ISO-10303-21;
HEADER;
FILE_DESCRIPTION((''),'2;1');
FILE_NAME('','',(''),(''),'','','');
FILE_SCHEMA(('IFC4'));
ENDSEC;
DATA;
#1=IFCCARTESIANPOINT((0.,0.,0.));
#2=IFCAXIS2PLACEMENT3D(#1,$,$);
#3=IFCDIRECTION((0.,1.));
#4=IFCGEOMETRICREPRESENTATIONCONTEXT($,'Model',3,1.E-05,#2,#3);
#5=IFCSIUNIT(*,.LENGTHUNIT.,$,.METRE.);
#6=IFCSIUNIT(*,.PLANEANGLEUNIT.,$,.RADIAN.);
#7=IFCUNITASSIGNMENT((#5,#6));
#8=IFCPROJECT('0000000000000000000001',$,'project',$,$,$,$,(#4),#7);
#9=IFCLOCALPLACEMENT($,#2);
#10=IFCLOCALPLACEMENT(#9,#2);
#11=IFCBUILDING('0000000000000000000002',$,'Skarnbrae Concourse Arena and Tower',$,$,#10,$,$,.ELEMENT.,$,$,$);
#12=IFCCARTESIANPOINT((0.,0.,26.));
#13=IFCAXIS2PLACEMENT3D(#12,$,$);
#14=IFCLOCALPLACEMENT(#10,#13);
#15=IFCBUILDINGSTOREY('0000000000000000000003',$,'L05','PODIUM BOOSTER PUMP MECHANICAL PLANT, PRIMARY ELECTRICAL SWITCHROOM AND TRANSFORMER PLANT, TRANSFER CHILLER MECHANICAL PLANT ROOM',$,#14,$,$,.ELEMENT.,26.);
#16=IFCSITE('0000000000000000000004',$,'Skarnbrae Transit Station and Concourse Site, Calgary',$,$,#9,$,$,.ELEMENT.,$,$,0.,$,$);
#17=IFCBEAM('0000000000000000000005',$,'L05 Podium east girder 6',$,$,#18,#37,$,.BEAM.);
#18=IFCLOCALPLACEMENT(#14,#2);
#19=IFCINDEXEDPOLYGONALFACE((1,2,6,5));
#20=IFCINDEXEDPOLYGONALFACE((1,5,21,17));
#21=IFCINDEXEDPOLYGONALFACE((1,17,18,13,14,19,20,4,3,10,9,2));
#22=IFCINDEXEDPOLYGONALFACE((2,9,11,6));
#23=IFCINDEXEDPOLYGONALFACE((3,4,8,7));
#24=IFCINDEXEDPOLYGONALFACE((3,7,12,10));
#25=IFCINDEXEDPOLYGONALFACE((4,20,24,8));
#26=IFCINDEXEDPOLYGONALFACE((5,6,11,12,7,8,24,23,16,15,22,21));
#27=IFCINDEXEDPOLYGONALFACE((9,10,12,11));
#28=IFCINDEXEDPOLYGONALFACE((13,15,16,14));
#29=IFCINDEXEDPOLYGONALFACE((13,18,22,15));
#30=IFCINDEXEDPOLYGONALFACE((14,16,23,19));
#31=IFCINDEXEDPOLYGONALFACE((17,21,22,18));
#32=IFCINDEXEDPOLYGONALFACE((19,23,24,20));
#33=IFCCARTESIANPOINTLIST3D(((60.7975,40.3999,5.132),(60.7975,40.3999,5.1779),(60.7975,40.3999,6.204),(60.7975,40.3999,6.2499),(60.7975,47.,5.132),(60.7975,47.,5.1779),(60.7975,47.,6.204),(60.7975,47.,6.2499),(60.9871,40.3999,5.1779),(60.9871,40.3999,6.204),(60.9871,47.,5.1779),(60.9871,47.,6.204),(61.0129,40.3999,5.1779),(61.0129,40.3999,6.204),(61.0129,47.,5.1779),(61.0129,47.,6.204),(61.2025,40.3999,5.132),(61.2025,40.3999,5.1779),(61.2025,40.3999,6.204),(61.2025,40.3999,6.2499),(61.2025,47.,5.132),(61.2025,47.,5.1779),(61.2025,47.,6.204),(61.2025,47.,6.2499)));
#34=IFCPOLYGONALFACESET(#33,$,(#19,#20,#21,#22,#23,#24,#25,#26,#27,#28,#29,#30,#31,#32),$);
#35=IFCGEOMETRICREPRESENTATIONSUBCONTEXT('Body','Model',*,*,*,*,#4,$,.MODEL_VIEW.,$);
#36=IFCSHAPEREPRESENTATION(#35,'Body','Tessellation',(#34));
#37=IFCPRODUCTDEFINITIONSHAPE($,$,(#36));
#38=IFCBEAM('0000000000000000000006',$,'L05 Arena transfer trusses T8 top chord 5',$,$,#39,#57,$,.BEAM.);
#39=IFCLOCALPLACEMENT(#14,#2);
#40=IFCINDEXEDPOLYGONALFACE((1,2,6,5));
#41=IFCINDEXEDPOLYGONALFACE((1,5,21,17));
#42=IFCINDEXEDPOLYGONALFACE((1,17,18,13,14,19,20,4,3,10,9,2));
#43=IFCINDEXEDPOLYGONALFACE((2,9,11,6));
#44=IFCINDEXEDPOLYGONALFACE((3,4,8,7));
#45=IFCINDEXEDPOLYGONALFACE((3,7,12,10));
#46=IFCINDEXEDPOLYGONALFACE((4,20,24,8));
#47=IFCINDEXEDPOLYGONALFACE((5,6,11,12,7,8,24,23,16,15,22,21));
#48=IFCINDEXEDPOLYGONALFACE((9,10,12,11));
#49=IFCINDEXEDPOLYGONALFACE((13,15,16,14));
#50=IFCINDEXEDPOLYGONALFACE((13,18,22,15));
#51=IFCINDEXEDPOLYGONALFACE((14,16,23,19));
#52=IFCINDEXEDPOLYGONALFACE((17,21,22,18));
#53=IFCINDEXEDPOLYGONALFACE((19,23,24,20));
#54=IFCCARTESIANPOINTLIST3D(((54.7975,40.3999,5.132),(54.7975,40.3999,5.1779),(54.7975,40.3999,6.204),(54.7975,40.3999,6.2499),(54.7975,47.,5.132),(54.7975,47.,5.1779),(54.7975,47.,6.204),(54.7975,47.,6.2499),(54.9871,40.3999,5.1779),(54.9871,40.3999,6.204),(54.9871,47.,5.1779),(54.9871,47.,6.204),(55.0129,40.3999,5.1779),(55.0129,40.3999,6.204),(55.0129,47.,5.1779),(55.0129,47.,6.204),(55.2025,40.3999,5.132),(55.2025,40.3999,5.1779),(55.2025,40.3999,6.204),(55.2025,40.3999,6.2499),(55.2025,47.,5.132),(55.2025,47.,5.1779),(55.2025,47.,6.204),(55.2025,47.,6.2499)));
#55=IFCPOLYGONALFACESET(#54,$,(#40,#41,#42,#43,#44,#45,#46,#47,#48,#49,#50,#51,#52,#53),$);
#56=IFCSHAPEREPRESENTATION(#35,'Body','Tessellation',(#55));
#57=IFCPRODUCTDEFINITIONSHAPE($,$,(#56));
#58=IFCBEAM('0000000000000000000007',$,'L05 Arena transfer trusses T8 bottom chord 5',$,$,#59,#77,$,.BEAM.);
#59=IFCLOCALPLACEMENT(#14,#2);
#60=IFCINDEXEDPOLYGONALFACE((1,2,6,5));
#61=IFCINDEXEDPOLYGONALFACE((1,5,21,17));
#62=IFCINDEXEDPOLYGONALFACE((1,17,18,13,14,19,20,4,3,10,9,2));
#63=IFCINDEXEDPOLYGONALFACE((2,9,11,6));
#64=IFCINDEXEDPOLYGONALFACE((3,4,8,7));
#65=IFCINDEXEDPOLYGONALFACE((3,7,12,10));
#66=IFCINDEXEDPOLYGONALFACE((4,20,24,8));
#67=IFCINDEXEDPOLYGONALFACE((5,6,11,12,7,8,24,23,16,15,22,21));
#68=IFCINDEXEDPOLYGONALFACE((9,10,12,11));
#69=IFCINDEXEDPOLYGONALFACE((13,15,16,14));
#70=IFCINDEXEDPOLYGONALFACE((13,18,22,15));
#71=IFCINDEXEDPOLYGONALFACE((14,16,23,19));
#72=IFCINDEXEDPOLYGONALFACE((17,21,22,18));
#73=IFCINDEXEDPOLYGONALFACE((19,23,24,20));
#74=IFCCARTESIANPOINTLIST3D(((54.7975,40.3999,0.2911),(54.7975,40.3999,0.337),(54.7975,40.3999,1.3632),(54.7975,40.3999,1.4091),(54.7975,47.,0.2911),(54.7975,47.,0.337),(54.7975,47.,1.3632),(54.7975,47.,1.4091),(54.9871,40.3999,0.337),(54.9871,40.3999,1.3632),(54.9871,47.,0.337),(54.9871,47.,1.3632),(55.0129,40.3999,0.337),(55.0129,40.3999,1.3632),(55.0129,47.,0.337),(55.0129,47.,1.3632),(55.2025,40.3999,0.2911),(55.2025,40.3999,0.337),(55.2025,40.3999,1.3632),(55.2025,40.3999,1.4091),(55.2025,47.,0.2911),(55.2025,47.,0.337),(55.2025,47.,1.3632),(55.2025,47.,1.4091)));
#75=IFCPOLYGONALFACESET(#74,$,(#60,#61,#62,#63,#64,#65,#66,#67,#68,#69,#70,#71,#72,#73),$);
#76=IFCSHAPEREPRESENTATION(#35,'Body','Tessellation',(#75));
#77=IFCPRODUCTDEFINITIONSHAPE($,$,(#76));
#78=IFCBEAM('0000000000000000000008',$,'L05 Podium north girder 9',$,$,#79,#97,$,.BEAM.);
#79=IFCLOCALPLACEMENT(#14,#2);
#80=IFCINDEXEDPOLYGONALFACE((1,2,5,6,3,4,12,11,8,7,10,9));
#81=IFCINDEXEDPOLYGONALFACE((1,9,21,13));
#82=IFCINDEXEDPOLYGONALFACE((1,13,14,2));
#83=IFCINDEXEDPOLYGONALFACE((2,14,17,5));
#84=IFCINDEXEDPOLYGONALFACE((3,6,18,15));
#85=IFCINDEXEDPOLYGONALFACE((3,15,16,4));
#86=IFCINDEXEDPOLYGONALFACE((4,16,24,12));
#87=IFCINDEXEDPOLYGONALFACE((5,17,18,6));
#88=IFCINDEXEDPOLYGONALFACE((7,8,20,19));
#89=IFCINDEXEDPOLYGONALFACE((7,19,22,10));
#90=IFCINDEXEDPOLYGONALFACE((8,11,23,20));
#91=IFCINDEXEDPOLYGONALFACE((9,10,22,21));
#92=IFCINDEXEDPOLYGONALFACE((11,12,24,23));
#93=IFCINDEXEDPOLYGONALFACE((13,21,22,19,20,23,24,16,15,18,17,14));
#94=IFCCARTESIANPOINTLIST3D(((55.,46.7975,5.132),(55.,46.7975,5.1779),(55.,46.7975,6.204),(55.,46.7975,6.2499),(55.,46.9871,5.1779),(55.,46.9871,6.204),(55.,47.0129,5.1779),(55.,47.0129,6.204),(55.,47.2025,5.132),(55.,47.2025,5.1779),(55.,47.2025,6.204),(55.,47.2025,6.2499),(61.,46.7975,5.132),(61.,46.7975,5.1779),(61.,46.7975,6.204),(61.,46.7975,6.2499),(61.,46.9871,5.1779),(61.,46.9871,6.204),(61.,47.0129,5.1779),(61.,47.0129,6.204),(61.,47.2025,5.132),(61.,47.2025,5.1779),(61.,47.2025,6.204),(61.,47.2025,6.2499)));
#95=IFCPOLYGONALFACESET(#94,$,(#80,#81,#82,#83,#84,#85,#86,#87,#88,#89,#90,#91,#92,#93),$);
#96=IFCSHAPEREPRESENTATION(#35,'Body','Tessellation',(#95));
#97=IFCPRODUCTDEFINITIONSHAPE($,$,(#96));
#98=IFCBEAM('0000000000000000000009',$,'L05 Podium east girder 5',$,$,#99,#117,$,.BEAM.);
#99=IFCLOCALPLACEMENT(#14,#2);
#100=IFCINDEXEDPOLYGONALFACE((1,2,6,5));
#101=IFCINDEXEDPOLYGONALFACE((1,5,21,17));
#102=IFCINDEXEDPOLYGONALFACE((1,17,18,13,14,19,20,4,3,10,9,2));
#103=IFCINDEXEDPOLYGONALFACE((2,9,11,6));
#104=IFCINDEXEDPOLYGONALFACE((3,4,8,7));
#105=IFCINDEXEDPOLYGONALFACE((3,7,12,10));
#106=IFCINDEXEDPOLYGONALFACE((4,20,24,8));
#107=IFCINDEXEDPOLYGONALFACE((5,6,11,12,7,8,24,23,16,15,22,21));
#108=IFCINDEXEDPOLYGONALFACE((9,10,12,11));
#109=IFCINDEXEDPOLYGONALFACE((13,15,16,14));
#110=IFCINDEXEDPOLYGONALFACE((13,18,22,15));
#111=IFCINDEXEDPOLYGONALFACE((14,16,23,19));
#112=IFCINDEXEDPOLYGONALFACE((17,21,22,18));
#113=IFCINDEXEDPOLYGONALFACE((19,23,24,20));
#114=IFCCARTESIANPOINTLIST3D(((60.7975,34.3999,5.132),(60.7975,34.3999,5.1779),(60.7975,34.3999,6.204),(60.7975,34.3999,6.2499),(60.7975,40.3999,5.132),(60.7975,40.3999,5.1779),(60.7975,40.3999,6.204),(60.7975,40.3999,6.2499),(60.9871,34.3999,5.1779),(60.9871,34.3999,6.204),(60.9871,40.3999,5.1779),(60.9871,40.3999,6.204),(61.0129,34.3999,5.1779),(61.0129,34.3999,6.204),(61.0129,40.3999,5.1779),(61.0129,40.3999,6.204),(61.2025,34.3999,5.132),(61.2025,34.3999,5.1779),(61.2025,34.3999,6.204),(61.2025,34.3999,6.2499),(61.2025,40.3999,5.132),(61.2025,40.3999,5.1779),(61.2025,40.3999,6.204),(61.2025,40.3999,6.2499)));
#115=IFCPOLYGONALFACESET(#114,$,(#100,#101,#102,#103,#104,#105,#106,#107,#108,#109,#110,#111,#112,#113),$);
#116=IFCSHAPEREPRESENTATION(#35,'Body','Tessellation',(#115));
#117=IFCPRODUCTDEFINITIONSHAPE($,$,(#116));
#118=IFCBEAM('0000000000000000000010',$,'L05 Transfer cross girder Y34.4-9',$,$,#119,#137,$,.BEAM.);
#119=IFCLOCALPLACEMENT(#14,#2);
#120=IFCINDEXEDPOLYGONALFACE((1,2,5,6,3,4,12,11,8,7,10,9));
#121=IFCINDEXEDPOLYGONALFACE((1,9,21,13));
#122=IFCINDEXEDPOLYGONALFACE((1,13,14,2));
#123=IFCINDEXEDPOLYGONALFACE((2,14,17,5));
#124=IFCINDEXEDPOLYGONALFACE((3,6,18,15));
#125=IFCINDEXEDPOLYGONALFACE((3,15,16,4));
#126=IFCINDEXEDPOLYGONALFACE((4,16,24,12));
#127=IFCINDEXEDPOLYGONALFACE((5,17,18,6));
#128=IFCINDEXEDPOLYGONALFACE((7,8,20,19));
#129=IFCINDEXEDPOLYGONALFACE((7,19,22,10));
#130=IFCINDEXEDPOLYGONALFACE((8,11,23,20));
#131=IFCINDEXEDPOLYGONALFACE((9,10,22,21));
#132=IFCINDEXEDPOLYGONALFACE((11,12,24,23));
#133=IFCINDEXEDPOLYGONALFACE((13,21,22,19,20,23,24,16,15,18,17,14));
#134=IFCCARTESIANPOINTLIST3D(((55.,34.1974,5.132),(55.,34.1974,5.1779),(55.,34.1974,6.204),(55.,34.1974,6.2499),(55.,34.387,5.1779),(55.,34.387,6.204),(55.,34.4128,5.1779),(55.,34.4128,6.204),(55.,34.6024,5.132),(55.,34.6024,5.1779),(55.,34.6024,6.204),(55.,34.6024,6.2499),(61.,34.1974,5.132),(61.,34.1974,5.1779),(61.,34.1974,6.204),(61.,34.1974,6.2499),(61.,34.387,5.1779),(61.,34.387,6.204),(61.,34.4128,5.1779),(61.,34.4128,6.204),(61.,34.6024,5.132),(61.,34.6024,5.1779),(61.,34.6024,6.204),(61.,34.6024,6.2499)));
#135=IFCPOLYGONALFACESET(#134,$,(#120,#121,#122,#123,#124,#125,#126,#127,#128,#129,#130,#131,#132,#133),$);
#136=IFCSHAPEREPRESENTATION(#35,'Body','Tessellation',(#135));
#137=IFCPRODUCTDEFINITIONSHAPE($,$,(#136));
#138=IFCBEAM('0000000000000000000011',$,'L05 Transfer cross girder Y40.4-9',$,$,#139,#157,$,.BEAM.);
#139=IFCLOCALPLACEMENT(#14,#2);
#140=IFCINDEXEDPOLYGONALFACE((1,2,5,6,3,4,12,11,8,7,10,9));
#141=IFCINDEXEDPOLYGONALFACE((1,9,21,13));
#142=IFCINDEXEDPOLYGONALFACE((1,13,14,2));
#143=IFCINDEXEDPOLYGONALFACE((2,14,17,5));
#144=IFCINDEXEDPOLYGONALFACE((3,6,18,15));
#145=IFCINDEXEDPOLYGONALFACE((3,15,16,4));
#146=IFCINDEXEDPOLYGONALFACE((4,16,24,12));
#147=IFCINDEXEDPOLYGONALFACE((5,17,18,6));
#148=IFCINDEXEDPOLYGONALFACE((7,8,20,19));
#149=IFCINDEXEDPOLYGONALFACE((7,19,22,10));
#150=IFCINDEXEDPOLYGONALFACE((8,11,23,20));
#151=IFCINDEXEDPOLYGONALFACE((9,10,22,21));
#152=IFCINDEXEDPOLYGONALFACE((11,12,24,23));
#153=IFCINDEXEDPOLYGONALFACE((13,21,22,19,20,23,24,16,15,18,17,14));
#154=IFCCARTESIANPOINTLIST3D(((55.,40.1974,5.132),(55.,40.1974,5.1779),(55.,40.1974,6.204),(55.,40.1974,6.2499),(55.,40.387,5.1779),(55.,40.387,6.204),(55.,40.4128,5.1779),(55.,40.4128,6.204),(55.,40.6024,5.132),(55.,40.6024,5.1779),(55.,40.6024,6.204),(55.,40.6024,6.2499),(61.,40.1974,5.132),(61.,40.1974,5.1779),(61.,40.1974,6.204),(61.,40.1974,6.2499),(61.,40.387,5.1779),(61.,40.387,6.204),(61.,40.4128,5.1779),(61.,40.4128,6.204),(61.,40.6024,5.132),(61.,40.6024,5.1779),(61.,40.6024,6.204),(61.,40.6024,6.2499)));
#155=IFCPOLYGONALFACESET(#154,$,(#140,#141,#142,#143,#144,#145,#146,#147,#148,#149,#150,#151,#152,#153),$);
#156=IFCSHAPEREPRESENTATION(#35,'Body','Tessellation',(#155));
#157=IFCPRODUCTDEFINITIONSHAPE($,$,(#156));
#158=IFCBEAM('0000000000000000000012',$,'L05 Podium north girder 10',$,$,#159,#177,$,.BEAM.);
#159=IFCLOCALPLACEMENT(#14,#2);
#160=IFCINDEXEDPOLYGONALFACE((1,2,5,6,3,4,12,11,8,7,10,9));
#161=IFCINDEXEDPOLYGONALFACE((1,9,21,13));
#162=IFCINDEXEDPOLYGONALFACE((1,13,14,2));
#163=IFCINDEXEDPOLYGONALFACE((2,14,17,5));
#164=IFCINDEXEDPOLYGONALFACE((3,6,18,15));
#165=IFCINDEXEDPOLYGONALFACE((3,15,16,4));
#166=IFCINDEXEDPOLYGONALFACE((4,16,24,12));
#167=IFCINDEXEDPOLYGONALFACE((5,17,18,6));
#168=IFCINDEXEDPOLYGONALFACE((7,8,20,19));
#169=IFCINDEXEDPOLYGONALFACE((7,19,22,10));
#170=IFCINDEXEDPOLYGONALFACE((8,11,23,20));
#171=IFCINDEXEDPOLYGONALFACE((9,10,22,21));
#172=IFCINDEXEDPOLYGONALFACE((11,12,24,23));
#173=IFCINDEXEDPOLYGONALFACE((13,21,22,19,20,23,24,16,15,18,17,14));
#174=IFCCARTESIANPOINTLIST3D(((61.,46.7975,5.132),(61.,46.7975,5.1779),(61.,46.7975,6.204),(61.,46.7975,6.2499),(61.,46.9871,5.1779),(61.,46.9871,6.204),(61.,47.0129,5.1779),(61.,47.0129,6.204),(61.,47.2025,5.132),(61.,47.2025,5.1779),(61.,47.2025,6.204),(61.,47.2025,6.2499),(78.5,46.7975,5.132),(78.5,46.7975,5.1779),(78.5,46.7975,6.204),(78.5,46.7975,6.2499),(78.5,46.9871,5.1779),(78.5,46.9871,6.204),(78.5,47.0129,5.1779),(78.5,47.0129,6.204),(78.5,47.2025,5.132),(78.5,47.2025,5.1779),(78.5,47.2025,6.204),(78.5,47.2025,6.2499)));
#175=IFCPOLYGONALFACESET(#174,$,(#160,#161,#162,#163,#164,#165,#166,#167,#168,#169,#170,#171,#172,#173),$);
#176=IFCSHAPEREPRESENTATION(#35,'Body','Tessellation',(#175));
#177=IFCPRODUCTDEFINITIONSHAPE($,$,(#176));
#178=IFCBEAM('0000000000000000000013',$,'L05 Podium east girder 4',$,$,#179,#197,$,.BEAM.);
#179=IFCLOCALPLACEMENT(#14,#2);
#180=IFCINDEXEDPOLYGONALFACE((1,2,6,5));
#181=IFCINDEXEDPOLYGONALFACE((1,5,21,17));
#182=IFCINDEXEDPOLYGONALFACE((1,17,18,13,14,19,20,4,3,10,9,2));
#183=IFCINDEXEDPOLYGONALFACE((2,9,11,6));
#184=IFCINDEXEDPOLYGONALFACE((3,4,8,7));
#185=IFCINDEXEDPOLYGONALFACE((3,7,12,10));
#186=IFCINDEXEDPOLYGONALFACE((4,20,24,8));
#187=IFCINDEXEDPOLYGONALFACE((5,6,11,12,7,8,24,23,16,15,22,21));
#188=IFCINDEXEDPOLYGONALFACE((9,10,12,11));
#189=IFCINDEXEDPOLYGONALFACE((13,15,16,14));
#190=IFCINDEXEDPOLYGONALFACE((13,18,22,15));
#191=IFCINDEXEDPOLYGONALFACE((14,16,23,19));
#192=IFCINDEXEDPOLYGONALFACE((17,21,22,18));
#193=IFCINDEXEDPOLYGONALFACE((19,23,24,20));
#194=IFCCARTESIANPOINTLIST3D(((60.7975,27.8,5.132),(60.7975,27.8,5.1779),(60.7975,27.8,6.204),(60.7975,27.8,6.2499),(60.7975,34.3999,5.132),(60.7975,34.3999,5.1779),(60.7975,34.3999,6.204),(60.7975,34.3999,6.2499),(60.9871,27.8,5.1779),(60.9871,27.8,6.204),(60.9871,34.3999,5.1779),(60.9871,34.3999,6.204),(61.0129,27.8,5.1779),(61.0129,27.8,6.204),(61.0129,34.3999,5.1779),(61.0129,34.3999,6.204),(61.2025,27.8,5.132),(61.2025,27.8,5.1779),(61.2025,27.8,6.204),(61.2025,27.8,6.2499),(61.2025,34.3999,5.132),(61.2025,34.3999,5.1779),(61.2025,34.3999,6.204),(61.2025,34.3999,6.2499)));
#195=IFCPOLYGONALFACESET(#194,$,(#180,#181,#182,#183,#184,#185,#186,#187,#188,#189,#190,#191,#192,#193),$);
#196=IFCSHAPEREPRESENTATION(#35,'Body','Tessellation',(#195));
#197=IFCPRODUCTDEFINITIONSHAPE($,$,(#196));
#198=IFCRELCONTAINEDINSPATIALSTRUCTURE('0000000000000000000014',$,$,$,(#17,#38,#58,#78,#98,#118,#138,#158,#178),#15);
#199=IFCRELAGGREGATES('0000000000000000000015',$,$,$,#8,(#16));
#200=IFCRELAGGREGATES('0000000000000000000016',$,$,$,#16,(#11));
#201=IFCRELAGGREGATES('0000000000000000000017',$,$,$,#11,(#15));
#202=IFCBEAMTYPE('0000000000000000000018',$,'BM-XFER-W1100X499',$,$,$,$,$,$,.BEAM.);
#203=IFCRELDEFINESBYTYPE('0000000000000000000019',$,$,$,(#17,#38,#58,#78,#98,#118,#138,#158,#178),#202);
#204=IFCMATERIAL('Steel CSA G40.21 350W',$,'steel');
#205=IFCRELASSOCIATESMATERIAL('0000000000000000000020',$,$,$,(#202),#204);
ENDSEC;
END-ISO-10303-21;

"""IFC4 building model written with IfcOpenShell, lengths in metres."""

from ifc_helpers import new_model, si_unit, direction, frame, origin, origin_2d, place, context, subcontext, project, spatial, i_section, extrude, source, transform, mapped, material, material_profile, profile_set, type_object, element, save


model = new_model("IFC4")

# Units and contexts
model_context = context("Model", 3, precision=1e-05, world=origin(), true_north=direction((0.0, 1.0)))
body_context = subcontext(model_context, "Body", "Model", "MODEL_VIEW")
ifc_project = project(units=[si_unit("LENGTHUNIT", "METRE"), si_unit("PLANEANGLEUNIT", "RADIAN")], contexts=[model_context])

# Site, building, storey
site_placement = place(None, origin())
site = spatial("IfcSite", under=ifc_project, at=site_placement, Name="Skarnbrae Transit Station and Concourse Site, Calgary", CompositionType="ELEMENT", RefElevation=0.0)
building_placement = place(site_placement, origin())
building = spatial("IfcBuilding", under=site, at=building_placement, Name="Skarnbrae Concourse Arena and Tower", CompositionType="ELEMENT")
storey_placement = place(building_placement, frame((0.0, 0.0, 26.0)))
storey = spatial("IfcBuildingStorey", under=building, at=storey_placement, Name="L05", Description="PODIUM BOOSTER PUMP MECHANICAL PLANT, PRIMARY ELECTRICAL SWITCHROOM AND TRANSFORMER PLANT, TRANSFER CHILLER MECHANICAL PLANT ROOM", CompositionType="ELEMENT", Elevation=26.0)

# Shared definitions
ifc_material_1 = material(Name="Steel CSA G40.21 350W", Category="steel")

# Beams
ifc_material_profile_1 = material_profile(ifc_material_1, i_section(OverallWidth=0.405, OverallDepth=1.1179, WebThickness=0.0259, FlangeThickness=0.0459, at=origin_2d()), Name="W1100X499")
ifc_profile_set_1 = profile_set([ifc_material_profile_1], Name="Steel CSA G40.21 350W")
beam_type_1 = type_object("IfcBeamType", Name="BM-XFER-W1100X499", PredefinedType="BEAM", material=ifc_profile_set_1)
shared_shape_1 = source(origin(), body_context, "Body", "SweptSolid", [
    extrude(i_section(OverallWidth=0.405, OverallDepth=1.1179, WebThickness=0.0259, FlangeThickness=0.0459, at=origin_2d()), origin(), (0.0, 0.0, 1.0), 6.6001),
])
for number, where, z_axis, x_axis, name in (
    (1, (61.0, 40.3999, 5.6909), (0.0, 1.0, 0.0), (-1.0, 0.0, 0.0), "L05 Podium east girder 6"),
    (2, (55.0, 40.3999, 5.6909), (0.0, 1.0, 0.0), (-1.0, 0.0, 0.0), "L05 Arena transfer trusses T8 top chord 5"),
    (3, (55.0, 40.3999, 0.8501), (0.0, 1.0, 0.0), (-1.0, 0.0, 0.0), "L05 Arena transfer trusses T8 bottom chord 5"),
):
    element("IfcBeam", number, at=place(storey_placement, frame(where, z_axis=z_axis, x_axis=x_axis)), inside=storey, type_object=beam_type_1, Name=name, PredefinedType="BEAM", context=body_context, shape_type="MappedRepresentation", body=[
        mapped(shared_shape_1, transform((0.0, 0.0, 0.0))),
    ])
shared_shape_2 = source(origin(), body_context, "Body", "SweptSolid", [
    extrude(i_section(OverallWidth=0.405, OverallDepth=1.1179, WebThickness=0.0259, FlangeThickness=0.0459, at=origin_2d()), origin(), (0.0, 0.0, 1.0), 6.0),
])
for number, where, z_axis, x_axis, name in (
    (4, (55.0, 47.0, 5.6909), (1.0, 0.0, 0.0), (0.0, 1.0, 0.0), "L05 Podium north girder 9"),
    (5, (61.0, 34.3999, 5.6909), (0.0, 1.0, 0.0), (-1.0, 0.0, 0.0), "L05 Podium east girder 5"),
    (6, (55.0, 34.3999, 5.6909), (1.0, 0.0, 0.0), (0.0, 1.0, 0.0), "L05 Transfer cross girder Y34.4-9"),
    (7, (55.0, 40.3999, 5.6909), (1.0, 0.0, 0.0), (0.0, 1.0, 0.0), "L05 Transfer cross girder Y40.4-9"),
):
    element("IfcBeam", number, at=place(storey_placement, frame(where, z_axis=z_axis, x_axis=x_axis)), inside=storey, type_object=beam_type_1, Name=name, PredefinedType="BEAM", context=body_context, shape_type="MappedRepresentation", body=[
        mapped(shared_shape_2, transform((0.0, 0.0, 0.0))),
    ])
shared_shape_3 = source(origin(), body_context, "Body", "SweptSolid", [
    extrude(i_section(OverallWidth=0.405, OverallDepth=1.1179, WebThickness=0.0259, FlangeThickness=0.0459, at=origin_2d()), origin(), (0.0, 0.0, 1.0), 17.5),
])
beam_1_placement = place(storey_placement, frame((61.0, 47.0, 5.6909), z_axis=(1.0, 0.0, 0.0), x_axis=(0.0, 1.0, 0.0)))
element("IfcBeam", 8, at=beam_1_placement, inside=storey, type_object=beam_type_1, Name="L05 Podium north girder 10", PredefinedType="BEAM", context=body_context, shape_type="MappedRepresentation", body=[
    mapped(shared_shape_3, transform((0.0, 0.0, 0.0))),
])
shared_shape_4 = source(origin(), body_context, "Body", "SweptSolid", [
    extrude(i_section(OverallWidth=0.405, OverallDepth=1.1179, WebThickness=0.0259, FlangeThickness=0.0459, at=origin_2d()), origin(), (0.0, 0.0, 1.0), 6.5999),
])
beam_2_placement = place(storey_placement, frame((61.0, 27.8, 5.6909), z_axis=(0.0, 1.0, 0.0), x_axis=(-1.0, 0.0, 0.0)))
element("IfcBeam", 9, at=beam_2_placement, inside=storey, type_object=beam_type_1, Name="L05 Podium east girder 4", PredefinedType="BEAM", context=body_context, shape_type="MappedRepresentation", body=[
    mapped(shared_shape_4, transform((0.0, 0.0, 0.0))),
])

save(model, "model.ifc")
